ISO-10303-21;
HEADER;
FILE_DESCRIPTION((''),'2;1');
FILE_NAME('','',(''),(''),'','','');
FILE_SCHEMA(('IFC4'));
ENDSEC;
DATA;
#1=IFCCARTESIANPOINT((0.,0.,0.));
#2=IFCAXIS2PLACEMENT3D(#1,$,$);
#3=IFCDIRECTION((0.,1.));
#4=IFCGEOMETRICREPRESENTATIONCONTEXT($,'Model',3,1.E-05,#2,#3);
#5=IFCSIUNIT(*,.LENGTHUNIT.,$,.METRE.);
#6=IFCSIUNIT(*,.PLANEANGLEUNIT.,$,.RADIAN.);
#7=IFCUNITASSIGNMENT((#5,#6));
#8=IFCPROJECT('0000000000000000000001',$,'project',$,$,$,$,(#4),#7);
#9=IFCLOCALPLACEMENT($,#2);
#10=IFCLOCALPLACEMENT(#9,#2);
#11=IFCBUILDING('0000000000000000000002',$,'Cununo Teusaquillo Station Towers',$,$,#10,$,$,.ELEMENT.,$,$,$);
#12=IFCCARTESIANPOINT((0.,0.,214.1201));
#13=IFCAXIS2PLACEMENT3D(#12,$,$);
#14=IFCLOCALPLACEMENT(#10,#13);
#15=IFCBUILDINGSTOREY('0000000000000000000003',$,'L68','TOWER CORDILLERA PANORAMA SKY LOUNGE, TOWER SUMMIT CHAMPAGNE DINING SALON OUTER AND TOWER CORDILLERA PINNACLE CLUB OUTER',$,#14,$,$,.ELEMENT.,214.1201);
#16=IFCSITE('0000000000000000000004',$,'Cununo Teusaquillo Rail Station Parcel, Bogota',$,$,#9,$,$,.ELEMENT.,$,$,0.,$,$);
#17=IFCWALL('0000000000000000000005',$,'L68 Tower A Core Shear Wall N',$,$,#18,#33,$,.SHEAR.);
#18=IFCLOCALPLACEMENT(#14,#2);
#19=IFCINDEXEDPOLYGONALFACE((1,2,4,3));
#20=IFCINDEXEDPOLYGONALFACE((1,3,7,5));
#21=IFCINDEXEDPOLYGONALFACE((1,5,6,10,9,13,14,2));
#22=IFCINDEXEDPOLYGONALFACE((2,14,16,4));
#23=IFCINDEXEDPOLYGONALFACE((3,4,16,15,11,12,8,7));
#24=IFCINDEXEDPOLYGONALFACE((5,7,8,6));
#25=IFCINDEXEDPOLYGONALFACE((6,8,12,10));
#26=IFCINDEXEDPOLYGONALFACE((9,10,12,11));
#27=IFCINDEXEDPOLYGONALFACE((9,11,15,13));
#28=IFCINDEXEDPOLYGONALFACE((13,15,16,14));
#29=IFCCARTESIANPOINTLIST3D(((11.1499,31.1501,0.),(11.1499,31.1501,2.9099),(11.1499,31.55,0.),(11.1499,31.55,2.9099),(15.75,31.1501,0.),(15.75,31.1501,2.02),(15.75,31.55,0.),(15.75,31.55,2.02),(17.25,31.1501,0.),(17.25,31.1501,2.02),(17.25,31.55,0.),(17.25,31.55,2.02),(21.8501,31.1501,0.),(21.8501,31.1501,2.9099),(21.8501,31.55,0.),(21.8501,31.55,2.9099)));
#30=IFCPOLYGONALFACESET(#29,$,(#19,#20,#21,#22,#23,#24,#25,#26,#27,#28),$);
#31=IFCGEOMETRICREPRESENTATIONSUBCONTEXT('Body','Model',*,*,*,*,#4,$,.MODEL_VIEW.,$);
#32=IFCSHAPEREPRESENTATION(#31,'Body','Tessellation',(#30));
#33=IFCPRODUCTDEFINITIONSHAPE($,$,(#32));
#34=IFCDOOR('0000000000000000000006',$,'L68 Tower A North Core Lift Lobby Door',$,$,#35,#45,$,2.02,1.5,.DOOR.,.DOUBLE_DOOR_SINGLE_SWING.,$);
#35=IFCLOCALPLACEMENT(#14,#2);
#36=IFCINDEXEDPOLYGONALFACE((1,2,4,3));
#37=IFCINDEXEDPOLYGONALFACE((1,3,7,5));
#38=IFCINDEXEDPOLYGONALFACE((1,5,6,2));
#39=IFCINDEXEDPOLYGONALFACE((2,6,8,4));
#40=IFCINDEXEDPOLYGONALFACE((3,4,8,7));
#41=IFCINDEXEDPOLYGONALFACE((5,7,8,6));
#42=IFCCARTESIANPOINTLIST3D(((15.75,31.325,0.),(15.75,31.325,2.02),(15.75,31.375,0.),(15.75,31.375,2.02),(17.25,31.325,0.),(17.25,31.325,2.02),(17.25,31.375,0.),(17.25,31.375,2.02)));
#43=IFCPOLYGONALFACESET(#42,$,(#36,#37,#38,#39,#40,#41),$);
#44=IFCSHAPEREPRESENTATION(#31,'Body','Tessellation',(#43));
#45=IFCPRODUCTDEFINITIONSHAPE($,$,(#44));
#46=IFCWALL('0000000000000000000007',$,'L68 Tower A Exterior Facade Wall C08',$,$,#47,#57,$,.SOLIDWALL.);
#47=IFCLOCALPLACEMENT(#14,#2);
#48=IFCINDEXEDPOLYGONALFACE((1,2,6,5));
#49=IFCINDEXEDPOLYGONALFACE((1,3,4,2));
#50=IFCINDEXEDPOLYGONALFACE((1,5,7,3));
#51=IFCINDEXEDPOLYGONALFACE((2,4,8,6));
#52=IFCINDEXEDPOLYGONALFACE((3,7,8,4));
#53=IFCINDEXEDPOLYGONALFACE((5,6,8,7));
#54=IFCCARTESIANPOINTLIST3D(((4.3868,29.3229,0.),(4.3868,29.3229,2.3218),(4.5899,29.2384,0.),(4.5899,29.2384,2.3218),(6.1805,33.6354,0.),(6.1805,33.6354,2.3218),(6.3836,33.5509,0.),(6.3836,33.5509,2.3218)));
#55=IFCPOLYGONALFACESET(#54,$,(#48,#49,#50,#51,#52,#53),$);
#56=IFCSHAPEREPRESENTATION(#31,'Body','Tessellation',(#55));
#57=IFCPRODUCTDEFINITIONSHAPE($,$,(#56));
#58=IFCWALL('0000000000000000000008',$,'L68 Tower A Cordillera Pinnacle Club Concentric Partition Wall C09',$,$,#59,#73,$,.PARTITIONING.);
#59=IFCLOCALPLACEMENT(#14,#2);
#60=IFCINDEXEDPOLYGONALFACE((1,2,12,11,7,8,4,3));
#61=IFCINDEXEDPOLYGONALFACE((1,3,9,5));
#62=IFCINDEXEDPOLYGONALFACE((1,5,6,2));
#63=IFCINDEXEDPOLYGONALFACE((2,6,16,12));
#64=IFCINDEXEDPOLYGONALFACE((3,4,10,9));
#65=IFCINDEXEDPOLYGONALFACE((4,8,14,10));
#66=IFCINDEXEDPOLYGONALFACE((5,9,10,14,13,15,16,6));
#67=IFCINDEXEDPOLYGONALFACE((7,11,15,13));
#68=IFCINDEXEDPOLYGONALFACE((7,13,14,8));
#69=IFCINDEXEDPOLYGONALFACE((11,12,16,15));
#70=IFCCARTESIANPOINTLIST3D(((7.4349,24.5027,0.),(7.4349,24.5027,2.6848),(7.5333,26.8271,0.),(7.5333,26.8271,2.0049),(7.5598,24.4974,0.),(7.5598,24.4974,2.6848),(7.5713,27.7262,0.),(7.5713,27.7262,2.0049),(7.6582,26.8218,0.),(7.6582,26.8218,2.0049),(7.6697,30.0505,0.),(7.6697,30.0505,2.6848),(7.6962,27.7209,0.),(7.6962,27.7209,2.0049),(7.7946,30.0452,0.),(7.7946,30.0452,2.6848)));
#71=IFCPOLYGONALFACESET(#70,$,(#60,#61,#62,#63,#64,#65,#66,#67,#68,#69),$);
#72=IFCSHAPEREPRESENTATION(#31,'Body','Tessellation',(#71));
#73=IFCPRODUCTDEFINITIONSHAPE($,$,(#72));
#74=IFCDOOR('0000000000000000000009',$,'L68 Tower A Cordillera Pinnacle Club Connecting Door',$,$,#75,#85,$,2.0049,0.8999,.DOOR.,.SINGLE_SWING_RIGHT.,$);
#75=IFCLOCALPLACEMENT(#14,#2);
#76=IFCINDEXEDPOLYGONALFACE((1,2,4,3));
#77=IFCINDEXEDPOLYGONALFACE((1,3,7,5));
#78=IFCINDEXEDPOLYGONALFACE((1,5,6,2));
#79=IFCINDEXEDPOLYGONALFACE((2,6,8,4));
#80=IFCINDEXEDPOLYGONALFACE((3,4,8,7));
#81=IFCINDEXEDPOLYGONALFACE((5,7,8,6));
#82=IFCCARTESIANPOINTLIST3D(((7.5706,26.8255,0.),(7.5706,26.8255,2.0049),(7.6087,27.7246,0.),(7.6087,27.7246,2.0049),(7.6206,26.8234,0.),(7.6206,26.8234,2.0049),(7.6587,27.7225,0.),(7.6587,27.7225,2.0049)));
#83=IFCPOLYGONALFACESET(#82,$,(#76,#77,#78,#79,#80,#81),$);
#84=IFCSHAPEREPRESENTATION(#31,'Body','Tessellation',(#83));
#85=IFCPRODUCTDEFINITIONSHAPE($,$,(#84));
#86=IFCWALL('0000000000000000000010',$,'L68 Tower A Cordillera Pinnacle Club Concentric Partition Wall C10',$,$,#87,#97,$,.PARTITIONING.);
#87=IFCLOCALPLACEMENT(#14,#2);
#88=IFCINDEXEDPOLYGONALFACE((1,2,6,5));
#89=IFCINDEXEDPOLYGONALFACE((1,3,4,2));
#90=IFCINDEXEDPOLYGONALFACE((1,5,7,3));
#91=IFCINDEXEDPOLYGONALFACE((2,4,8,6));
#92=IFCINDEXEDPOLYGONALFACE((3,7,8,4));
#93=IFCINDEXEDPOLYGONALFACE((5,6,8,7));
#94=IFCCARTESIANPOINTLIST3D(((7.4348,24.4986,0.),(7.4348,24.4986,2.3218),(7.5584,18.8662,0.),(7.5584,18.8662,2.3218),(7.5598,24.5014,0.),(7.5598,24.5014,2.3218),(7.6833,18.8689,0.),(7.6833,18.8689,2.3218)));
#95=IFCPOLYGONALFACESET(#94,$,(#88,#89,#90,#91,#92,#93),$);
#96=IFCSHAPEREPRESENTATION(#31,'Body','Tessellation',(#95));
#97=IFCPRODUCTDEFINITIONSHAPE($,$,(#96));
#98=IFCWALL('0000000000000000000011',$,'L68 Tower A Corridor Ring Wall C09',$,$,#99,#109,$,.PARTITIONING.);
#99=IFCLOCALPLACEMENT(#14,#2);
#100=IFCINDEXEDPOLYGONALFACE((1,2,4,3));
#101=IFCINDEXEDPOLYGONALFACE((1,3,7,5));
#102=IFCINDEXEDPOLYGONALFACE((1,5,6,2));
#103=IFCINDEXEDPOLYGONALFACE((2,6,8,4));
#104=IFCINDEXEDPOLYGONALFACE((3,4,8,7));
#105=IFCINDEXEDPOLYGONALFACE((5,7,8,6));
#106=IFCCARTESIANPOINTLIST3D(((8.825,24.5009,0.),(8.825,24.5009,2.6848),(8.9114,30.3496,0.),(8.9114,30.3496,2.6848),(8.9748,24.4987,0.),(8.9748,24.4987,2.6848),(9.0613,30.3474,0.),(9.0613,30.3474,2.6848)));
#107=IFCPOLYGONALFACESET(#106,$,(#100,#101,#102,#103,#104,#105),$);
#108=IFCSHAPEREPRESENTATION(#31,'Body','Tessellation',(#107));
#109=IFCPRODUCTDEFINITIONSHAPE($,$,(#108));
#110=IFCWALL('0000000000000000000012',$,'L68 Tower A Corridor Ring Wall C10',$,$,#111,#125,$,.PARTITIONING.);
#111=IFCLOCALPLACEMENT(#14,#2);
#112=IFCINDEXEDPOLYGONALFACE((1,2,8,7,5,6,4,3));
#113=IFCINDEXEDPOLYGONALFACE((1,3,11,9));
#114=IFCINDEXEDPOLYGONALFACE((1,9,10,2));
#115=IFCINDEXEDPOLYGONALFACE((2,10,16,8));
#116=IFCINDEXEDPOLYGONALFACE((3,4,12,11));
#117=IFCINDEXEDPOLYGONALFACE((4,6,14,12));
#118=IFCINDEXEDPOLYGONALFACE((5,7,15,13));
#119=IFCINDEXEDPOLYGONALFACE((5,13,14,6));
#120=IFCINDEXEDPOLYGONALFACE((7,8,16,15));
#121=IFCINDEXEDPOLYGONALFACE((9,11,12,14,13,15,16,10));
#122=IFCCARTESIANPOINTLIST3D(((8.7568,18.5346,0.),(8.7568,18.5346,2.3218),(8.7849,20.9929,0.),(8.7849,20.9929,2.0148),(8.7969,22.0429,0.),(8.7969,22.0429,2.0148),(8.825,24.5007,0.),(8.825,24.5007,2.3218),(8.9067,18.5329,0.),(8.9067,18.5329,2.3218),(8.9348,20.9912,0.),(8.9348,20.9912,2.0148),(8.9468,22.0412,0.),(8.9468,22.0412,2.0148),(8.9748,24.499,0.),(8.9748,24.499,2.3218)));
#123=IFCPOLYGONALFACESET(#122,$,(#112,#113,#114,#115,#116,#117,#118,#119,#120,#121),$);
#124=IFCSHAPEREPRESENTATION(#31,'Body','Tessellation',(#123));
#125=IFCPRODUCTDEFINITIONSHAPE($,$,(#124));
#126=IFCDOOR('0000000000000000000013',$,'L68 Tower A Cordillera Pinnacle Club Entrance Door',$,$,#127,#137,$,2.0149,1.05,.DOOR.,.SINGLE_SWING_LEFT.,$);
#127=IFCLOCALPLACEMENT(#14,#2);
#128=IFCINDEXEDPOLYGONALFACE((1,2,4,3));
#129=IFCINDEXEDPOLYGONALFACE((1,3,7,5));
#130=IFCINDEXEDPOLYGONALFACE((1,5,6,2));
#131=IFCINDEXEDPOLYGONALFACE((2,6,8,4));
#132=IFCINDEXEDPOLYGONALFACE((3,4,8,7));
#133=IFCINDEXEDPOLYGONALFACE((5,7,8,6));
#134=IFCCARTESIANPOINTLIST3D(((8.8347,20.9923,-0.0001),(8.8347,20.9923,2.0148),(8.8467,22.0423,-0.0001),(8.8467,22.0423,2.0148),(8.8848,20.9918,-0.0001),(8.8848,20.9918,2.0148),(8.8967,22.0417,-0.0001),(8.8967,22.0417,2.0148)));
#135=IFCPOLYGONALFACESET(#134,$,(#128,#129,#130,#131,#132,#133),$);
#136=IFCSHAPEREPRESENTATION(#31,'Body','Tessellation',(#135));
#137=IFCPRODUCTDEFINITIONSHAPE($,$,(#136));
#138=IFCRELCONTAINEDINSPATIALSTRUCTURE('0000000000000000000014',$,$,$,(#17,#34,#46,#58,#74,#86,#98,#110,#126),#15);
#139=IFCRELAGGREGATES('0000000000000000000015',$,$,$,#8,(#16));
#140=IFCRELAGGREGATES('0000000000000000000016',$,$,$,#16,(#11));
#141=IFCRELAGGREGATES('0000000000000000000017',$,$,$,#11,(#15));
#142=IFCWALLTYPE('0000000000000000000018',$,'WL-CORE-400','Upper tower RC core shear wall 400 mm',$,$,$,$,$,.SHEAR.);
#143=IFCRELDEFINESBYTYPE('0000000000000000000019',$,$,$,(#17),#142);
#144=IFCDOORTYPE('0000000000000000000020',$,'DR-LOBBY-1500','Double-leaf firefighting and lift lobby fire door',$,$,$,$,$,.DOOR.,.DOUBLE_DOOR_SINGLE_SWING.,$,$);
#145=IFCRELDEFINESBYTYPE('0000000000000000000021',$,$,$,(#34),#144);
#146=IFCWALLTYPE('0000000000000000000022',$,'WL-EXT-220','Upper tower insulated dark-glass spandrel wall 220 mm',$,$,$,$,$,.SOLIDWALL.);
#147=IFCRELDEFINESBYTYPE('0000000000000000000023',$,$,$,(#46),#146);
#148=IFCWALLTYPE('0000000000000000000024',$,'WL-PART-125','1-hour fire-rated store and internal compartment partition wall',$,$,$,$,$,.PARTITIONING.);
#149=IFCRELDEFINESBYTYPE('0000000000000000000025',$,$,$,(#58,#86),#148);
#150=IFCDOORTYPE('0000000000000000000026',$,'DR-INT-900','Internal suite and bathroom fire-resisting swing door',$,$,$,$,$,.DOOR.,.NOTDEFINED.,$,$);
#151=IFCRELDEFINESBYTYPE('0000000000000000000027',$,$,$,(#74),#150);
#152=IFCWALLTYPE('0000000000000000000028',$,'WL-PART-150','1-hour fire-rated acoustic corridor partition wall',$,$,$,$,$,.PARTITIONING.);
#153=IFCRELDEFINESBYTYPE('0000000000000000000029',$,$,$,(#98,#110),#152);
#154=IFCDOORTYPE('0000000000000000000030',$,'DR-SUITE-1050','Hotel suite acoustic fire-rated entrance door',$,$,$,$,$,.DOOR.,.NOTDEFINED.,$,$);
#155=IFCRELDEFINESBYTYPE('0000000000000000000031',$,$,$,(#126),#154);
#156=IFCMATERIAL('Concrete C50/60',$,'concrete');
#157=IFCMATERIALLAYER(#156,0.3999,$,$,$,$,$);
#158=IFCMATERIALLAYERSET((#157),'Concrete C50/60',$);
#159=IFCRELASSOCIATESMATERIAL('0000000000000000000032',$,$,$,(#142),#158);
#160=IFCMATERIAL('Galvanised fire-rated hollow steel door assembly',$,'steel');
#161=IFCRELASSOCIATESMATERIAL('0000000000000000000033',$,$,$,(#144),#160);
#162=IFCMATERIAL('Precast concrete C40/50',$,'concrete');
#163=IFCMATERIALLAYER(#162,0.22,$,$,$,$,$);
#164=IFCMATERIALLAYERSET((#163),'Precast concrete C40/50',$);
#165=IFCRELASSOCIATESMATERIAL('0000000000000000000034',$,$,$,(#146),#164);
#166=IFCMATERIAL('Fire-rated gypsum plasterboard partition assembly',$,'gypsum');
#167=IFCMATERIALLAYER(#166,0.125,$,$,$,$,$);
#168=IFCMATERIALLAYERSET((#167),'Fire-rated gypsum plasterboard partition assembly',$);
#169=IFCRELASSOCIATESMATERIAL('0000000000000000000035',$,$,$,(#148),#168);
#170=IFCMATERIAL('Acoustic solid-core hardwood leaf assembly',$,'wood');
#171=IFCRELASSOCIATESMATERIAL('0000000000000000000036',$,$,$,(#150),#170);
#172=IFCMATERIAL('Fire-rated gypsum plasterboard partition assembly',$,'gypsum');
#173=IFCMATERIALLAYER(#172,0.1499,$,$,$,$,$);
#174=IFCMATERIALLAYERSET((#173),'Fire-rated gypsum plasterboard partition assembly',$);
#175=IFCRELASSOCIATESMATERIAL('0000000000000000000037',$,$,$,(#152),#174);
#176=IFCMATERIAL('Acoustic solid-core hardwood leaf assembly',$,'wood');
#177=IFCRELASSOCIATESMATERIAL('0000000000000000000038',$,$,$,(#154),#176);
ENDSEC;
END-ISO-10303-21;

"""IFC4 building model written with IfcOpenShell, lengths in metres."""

from ifc_helpers import new_model, si_unit, direction, frame, frame_2d, origin, place, context, subcontext, project, spatial, rectangle, extrude, source, transform, mapped, material, layer, layer_set, type_object, element, fill, save


model = new_model("IFC4")

# Units and contexts
model_context = context("Model", 3, precision=1e-05, world=origin(), true_north=direction((0.0, 1.0)))
body_context = subcontext(model_context, "Body", "Model", "MODEL_VIEW")
ifc_project = project(units=[si_unit("LENGTHUNIT", "METRE"), si_unit("PLANEANGLEUNIT", "RADIAN")], contexts=[model_context])

# Site, building, storey
site_placement = place(None, origin())
site = spatial("IfcSite", under=ifc_project, at=site_placement, Name="Cununo Teusaquillo Rail Station Parcel, Bogota", CompositionType="ELEMENT", RefElevation=0.0)
building_placement = place(site_placement, origin())
building = spatial("IfcBuilding", under=site, at=building_placement, Name="Cununo Teusaquillo Station Towers", CompositionType="ELEMENT")
storey_placement = place(building_placement, frame((0.0, 0.0, 214.1201)))
storey = spatial("IfcBuildingStorey", under=building, at=storey_placement, Name="L68", Description="TOWER CORDILLERA PANORAMA SKY LOUNGE, TOWER SUMMIT CHAMPAGNE DINING SALON OUTER AND TOWER CORDILLERA PINNACLE CLUB OUTER", CompositionType="ELEMENT", Elevation=214.1201)

# Wall, opening, door
ifc_material_1 = material(Name="Concrete C50/60", Category="concrete")
ifc_layer_1 = layer(ifc_material_1, 0.3999)
ifc_layer_set_1 = layer_set([ifc_layer_1], Name="Concrete C50/60")
wall_type_1 = type_object("IfcWallType", Name="WL-CORE-400", Description="Upper tower RC core shear wall 400 mm", PredefinedType="SHEAR", material=ifc_layer_set_1)
wall_1_placement = place(storey_placement, frame((11.1499, 31.3501, 0.0), z_axis=(0.0, 0.0, 1.0), x_axis=(1.0, 0.0, 0.0)))
wall_1 = element("IfcWall", 1, at=wall_1_placement, inside=storey, type_object=wall_type_1, Name="L68 Tower A Core Shear Wall N", PredefinedType="SHEAR", context=body_context, shape_type="SweptSolid", body=[
    extrude(rectangle(XDim=10.7002, YDim=0.3999, at=frame_2d((5.3501, 0.0))), origin(), (0.0, 0.0, 1.0), 2.9099),
])
shared_shape_1 = source(origin(), body_context, "Body", "SweptSolid", [
    extrude(rectangle(XDim=1.5, YDim=2.02, at=frame_2d((0.75, 1.01))), frame((0.0, 0.21, 0.0), z_axis=(0.0, -1.0, 0.0), x_axis=(1.0, 0.0, 0.0)), (0.0, 0.0, 1.0), 0.4199),
])
opening_1_placement = place(wall_1_placement, frame((4.6001, 0.0, 0.0)))
opening_1 = element("IfcOpeningElement", 2, at=opening_1_placement, cuts=wall_1, PredefinedType="OPENING", context=body_context, shape_type="MappedRepresentation", body=[
    mapped(shared_shape_1, transform((0.0, 0.0, 0.0), x_axis=(1.0, 0.0, 0.0), y_axis=(0.0, 1.0, 0.0), z_axis=(0.0, 0.0, 1.0), scale=1.0)),
])
ifc_material_2 = material(Name="Galvanised fire-rated hollow steel door assembly", Category="steel")
door_type_1 = type_object("IfcDoorType", Name="DR-LOBBY-1500", Description="Double-leaf firefighting and lift lobby fire door", OperationType="DOUBLE_DOOR_SINGLE_SWING", PredefinedType="DOOR", material=ifc_material_2)
shared_shape_2 = source(origin(), body_context, "Body", "SweptSolid", [
    extrude(rectangle(XDim=1.5, YDim=2.02, at=frame_2d((0.75, 1.01))), frame((0.0, 0.0249, 0.0), z_axis=(0.0, -1.0, 0.0), x_axis=(1.0, 0.0, 0.0)), (0.0, 0.0, 1.0), 0.05),
])
door_1_placement = place(opening_1_placement, origin())
door_1 = element("IfcDoor", 3, at=door_1_placement, inside=storey, type_object=door_type_1, Name="L68 Tower A North Core Lift Lobby Door", OperationType="DOUBLE_DOOR_SINGLE_SWING", OverallHeight=2.02, OverallWidth=1.5, PredefinedType="DOOR", context=body_context, shape_type="MappedRepresentation", body=[
    mapped(shared_shape_2, transform((0.0, 0.0, 0.0), x_axis=(1.0, 0.0, 0.0), y_axis=(0.0, 1.0, 0.0), z_axis=(0.0, 0.0, 1.0), scale=1.0)),
])
fill(opening_1, door_1)

# Wall
ifc_material_3 = material(Name="Precast concrete C40/50", Category="concrete")
ifc_layer_2 = layer(ifc_material_3, 0.22)
ifc_layer_set_2 = layer_set([ifc_layer_2], Name="Precast concrete C40/50")
wall_type_2 = type_object("IfcWallType", Name="WL-EXT-220", Description="Upper tower insulated dark-glass spandrel wall 220 mm", PredefinedType="SOLIDWALL", material=ifc_layer_set_2)
wall_2_placement = place(storey_placement, frame((4.4883, 29.2805, 0.0), z_axis=(0.0, 0.0, 1.0), x_axis=(0.384036, 0.923318, 0.0)))
element("IfcWall", 4, at=wall_2_placement, inside=storey, type_object=wall_type_2, Name="L68 Tower A Exterior Facade Wall C08", PredefinedType="SOLIDWALL", context=body_context, shape_type="SweptSolid", body=[
    extrude(rectangle(XDim=4.6707, YDim=0.22, at=frame_2d((2.3354, 0.0))), origin(), (0.0, 0.0, 1.0), 2.3218),
])

# Wall, opening, door
ifc_material_4 = material(Name="Fire-rated gypsum plasterboard partition assembly", Category="gypsum")
ifc_layer_3 = layer(ifc_material_4, 0.125)
ifc_layer_set_3 = layer_set([ifc_layer_3], Name="Fire-rated gypsum plasterboard partition assembly")
wall_type_3 = type_object("IfcWallType", Name="WL-PART-125", Description="1-hour fire-rated store and internal compartment partition wall", PredefinedType="PARTITIONING", material=ifc_layer_set_3)
wall_3_placement = place(storey_placement, frame((7.7322, 30.0479, 0.0), z_axis=(0.0, 0.0, 1.0), x_axis=(-0.042296, -0.999105, 0.0)))
wall_3 = element("IfcWall", 5, at=wall_3_placement, inside=storey, type_object=wall_type_3, Name="L68 Tower A Cordillera Pinnacle Club Concentric Partition Wall C09", PredefinedType="PARTITIONING", context=body_context, shape_type="SweptSolid", body=[
    extrude(rectangle(XDim=5.5527, YDim=0.125, at=frame_2d((2.7764, 0.0))), origin(), (0.0, 0.0, 1.0), 2.6848),
])
shared_shape_3 = source(origin(), body_context, "Body", "SweptSolid", [
    extrude(rectangle(XDim=0.8999, YDim=2.0049, at=frame_2d((0.45, 1.0024))), frame((0.0, 0.0725, 0.0), z_axis=(0.0, -1.0, 0.0), x_axis=(1.0, 0.0, 0.0)), (0.0, 0.0, 1.0), 0.145),
])
opening_2_placement = place(wall_3_placement, frame((2.3264, 0.0, 0.0)))
opening_2 = element("IfcOpeningElement", 6, at=opening_2_placement, cuts=wall_3, PredefinedType="OPENING", context=body_context, shape_type="MappedRepresentation", body=[
    mapped(shared_shape_3, transform((0.0, 0.0, 0.0), x_axis=(1.0, 0.0, 0.0), y_axis=(0.0, 1.0, 0.0), z_axis=(0.0, 0.0, 1.0), scale=1.0)),
])
ifc_material_5 = material(Name="Acoustic solid-core hardwood leaf assembly", Category="wood")
door_type_2 = type_object("IfcDoorType", Name="DR-INT-900", Description="Internal suite and bathroom fire-resisting swing door", OperationType="NOTDEFINED", PredefinedType="DOOR", material=ifc_material_5)
shared_shape_4 = source(origin(), body_context, "Body", "SweptSolid", [
    extrude(rectangle(XDim=0.8999, YDim=2.0049, at=frame_2d((0.45, 1.0024))), frame((0.0, 0.0249, 0.0), z_axis=(0.0, -1.0, 0.0), x_axis=(1.0, 0.0, 0.0)), (0.0, 0.0, 1.0), 0.05),
])
door_2_placement = place(opening_2_placement, origin())
door_2 = element("IfcDoor", 7, at=door_2_placement, inside=storey, type_object=door_type_2, Name="L68 Tower A Cordillera Pinnacle Club Connecting Door", OperationType="SINGLE_SWING_RIGHT", OverallHeight=2.0049, OverallWidth=0.8999, PredefinedType="DOOR", context=body_context, shape_type="MappedRepresentation", body=[
    mapped(shared_shape_4, transform((0.0, 0.0, 0.0), x_axis=(1.0, 0.0, 0.0), y_axis=(0.0, 1.0, 0.0), z_axis=(0.0, 0.0, 1.0), scale=1.0)),
])
fill(opening_2, door_2)

# Walls
wall_4_placement = place(storey_placement, frame((7.4973, 24.5, 0.0), z_axis=(0.0, 0.0, 1.0), x_axis=(0.021928, -0.99976, 0.0)))
element("IfcWall", 8, at=wall_4_placement, inside=storey, type_object=wall_type_3, Name="L68 Tower A Cordillera Pinnacle Club Concentric Partition Wall C10", PredefinedType="PARTITIONING", context=body_context, shape_type="SweptSolid", body=[
    extrude(rectangle(XDim=5.6338, YDim=0.125, at=frame_2d((2.8169, 0.0))), origin(), (0.0, 0.0, 1.0), 2.3218),
])
ifc_material_6 = material(Name="Fire-rated gypsum plasterboard partition assembly", Category="gypsum")
ifc_layer_4 = layer(ifc_material_6, 0.1499)
ifc_layer_set_4 = layer_set([ifc_layer_4], Name="Fire-rated gypsum plasterboard partition assembly")
wall_type_4 = type_object("IfcWallType", Name="WL-PART-150", Description="1-hour fire-rated acoustic corridor partition wall", PredefinedType="PARTITIONING", material=ifc_layer_set_4)
wall_5_placement = place(storey_placement, frame((8.9863, 30.3486, 0.0), z_axis=(0.0, 0.0, 1.0), x_axis=(-0.014775, -0.999891, 0.0)))
element("IfcWall", 9, at=wall_5_placement, inside=storey, type_object=wall_type_4, Name="L68 Tower A Corridor Ring Wall C09", PredefinedType="PARTITIONING", context=body_context, shape_type="SweptSolid", body=[
    extrude(rectangle(XDim=5.8494, YDim=0.1499, at=frame_2d((2.9248, 0.0))), origin(), (0.0, 0.0, 1.0), 2.6848),
])

# Wall, opening, door
wall_6_placement = place(storey_placement, frame((8.8999, 24.5, 0.0), z_axis=(0.0, 0.0, 1.0), x_axis=(-0.011416, -0.999935, 0.0)))
wall_6 = element("IfcWall", 10, at=wall_6_placement, inside=storey, type_object=wall_type_4, Name="L68 Tower A Corridor Ring Wall C10", PredefinedType="PARTITIONING", context=body_context, shape_type="SweptSolid", body=[
    extrude(rectangle(XDim=5.9666, YDim=0.1499, at=frame_2d((2.9834, 0.0))), origin(), (0.0, 0.0, 1.0), 2.3218),
])
shared_shape_5 = source(origin(), body_context, "Body", "SweptSolid", [
    extrude(rectangle(XDim=1.05, YDim=2.0149, at=frame_2d((0.5249, 1.0073))), frame((0.0, 0.085, 0.0), z_axis=(0.0, -1.0, 0.0), x_axis=(1.0, 0.0, 0.0)), (0.0, 0.0, 1.0), 0.1699),
])
opening_3_placement = place(wall_6_placement, frame((2.4583, 0.0, 0.0)))
opening_3 = element("IfcOpeningElement", 11, at=opening_3_placement, cuts=wall_6, PredefinedType="OPENING", context=body_context, shape_type="MappedRepresentation", body=[
    mapped(shared_shape_5, transform((0.0, 0.0, 0.0), x_axis=(1.0, 0.0, 0.0), y_axis=(0.0, 1.0, 0.0), z_axis=(0.0, 0.0, 1.0), scale=1.0)),
])
ifc_material_7 = material(Name="Acoustic solid-core hardwood leaf assembly", Category="wood")
door_type_3 = type_object("IfcDoorType", Name="DR-SUITE-1050", Description="Hotel suite acoustic fire-rated entrance door", OperationType="NOTDEFINED", PredefinedType="DOOR", material=ifc_material_7)
shared_shape_6 = source(origin(), body_context, "Body", "SweptSolid", [
    extrude(rectangle(XDim=1.05, YDim=2.0149, at=frame_2d((0.5249, 1.0073))), frame((0.0, 0.0249, 0.0), z_axis=(0.0, -1.0, 0.0), x_axis=(1.0, 0.0, 0.0)), (0.0, 0.0, 1.0), 0.05),
])
door_3_placement = place(opening_3_placement, origin())
door_3 = element("IfcDoor", 12, at=door_3_placement, inside=storey, type_object=door_type_3, Name="L68 Tower A Cordillera Pinnacle Club Entrance Door", OperationType="SINGLE_SWING_LEFT", OverallHeight=2.0149, OverallWidth=1.05, PredefinedType="DOOR", context=body_context, shape_type="MappedRepresentation", body=[
    mapped(shared_shape_6, transform((0.0, 0.0, 0.0), x_axis=(1.0, 0.0, 0.0), y_axis=(0.0, 1.0, 0.0), z_axis=(0.0, 0.0, 1.0), scale=1.0)),
])
fill(opening_3, door_3)

save(model, "model.ifc")
